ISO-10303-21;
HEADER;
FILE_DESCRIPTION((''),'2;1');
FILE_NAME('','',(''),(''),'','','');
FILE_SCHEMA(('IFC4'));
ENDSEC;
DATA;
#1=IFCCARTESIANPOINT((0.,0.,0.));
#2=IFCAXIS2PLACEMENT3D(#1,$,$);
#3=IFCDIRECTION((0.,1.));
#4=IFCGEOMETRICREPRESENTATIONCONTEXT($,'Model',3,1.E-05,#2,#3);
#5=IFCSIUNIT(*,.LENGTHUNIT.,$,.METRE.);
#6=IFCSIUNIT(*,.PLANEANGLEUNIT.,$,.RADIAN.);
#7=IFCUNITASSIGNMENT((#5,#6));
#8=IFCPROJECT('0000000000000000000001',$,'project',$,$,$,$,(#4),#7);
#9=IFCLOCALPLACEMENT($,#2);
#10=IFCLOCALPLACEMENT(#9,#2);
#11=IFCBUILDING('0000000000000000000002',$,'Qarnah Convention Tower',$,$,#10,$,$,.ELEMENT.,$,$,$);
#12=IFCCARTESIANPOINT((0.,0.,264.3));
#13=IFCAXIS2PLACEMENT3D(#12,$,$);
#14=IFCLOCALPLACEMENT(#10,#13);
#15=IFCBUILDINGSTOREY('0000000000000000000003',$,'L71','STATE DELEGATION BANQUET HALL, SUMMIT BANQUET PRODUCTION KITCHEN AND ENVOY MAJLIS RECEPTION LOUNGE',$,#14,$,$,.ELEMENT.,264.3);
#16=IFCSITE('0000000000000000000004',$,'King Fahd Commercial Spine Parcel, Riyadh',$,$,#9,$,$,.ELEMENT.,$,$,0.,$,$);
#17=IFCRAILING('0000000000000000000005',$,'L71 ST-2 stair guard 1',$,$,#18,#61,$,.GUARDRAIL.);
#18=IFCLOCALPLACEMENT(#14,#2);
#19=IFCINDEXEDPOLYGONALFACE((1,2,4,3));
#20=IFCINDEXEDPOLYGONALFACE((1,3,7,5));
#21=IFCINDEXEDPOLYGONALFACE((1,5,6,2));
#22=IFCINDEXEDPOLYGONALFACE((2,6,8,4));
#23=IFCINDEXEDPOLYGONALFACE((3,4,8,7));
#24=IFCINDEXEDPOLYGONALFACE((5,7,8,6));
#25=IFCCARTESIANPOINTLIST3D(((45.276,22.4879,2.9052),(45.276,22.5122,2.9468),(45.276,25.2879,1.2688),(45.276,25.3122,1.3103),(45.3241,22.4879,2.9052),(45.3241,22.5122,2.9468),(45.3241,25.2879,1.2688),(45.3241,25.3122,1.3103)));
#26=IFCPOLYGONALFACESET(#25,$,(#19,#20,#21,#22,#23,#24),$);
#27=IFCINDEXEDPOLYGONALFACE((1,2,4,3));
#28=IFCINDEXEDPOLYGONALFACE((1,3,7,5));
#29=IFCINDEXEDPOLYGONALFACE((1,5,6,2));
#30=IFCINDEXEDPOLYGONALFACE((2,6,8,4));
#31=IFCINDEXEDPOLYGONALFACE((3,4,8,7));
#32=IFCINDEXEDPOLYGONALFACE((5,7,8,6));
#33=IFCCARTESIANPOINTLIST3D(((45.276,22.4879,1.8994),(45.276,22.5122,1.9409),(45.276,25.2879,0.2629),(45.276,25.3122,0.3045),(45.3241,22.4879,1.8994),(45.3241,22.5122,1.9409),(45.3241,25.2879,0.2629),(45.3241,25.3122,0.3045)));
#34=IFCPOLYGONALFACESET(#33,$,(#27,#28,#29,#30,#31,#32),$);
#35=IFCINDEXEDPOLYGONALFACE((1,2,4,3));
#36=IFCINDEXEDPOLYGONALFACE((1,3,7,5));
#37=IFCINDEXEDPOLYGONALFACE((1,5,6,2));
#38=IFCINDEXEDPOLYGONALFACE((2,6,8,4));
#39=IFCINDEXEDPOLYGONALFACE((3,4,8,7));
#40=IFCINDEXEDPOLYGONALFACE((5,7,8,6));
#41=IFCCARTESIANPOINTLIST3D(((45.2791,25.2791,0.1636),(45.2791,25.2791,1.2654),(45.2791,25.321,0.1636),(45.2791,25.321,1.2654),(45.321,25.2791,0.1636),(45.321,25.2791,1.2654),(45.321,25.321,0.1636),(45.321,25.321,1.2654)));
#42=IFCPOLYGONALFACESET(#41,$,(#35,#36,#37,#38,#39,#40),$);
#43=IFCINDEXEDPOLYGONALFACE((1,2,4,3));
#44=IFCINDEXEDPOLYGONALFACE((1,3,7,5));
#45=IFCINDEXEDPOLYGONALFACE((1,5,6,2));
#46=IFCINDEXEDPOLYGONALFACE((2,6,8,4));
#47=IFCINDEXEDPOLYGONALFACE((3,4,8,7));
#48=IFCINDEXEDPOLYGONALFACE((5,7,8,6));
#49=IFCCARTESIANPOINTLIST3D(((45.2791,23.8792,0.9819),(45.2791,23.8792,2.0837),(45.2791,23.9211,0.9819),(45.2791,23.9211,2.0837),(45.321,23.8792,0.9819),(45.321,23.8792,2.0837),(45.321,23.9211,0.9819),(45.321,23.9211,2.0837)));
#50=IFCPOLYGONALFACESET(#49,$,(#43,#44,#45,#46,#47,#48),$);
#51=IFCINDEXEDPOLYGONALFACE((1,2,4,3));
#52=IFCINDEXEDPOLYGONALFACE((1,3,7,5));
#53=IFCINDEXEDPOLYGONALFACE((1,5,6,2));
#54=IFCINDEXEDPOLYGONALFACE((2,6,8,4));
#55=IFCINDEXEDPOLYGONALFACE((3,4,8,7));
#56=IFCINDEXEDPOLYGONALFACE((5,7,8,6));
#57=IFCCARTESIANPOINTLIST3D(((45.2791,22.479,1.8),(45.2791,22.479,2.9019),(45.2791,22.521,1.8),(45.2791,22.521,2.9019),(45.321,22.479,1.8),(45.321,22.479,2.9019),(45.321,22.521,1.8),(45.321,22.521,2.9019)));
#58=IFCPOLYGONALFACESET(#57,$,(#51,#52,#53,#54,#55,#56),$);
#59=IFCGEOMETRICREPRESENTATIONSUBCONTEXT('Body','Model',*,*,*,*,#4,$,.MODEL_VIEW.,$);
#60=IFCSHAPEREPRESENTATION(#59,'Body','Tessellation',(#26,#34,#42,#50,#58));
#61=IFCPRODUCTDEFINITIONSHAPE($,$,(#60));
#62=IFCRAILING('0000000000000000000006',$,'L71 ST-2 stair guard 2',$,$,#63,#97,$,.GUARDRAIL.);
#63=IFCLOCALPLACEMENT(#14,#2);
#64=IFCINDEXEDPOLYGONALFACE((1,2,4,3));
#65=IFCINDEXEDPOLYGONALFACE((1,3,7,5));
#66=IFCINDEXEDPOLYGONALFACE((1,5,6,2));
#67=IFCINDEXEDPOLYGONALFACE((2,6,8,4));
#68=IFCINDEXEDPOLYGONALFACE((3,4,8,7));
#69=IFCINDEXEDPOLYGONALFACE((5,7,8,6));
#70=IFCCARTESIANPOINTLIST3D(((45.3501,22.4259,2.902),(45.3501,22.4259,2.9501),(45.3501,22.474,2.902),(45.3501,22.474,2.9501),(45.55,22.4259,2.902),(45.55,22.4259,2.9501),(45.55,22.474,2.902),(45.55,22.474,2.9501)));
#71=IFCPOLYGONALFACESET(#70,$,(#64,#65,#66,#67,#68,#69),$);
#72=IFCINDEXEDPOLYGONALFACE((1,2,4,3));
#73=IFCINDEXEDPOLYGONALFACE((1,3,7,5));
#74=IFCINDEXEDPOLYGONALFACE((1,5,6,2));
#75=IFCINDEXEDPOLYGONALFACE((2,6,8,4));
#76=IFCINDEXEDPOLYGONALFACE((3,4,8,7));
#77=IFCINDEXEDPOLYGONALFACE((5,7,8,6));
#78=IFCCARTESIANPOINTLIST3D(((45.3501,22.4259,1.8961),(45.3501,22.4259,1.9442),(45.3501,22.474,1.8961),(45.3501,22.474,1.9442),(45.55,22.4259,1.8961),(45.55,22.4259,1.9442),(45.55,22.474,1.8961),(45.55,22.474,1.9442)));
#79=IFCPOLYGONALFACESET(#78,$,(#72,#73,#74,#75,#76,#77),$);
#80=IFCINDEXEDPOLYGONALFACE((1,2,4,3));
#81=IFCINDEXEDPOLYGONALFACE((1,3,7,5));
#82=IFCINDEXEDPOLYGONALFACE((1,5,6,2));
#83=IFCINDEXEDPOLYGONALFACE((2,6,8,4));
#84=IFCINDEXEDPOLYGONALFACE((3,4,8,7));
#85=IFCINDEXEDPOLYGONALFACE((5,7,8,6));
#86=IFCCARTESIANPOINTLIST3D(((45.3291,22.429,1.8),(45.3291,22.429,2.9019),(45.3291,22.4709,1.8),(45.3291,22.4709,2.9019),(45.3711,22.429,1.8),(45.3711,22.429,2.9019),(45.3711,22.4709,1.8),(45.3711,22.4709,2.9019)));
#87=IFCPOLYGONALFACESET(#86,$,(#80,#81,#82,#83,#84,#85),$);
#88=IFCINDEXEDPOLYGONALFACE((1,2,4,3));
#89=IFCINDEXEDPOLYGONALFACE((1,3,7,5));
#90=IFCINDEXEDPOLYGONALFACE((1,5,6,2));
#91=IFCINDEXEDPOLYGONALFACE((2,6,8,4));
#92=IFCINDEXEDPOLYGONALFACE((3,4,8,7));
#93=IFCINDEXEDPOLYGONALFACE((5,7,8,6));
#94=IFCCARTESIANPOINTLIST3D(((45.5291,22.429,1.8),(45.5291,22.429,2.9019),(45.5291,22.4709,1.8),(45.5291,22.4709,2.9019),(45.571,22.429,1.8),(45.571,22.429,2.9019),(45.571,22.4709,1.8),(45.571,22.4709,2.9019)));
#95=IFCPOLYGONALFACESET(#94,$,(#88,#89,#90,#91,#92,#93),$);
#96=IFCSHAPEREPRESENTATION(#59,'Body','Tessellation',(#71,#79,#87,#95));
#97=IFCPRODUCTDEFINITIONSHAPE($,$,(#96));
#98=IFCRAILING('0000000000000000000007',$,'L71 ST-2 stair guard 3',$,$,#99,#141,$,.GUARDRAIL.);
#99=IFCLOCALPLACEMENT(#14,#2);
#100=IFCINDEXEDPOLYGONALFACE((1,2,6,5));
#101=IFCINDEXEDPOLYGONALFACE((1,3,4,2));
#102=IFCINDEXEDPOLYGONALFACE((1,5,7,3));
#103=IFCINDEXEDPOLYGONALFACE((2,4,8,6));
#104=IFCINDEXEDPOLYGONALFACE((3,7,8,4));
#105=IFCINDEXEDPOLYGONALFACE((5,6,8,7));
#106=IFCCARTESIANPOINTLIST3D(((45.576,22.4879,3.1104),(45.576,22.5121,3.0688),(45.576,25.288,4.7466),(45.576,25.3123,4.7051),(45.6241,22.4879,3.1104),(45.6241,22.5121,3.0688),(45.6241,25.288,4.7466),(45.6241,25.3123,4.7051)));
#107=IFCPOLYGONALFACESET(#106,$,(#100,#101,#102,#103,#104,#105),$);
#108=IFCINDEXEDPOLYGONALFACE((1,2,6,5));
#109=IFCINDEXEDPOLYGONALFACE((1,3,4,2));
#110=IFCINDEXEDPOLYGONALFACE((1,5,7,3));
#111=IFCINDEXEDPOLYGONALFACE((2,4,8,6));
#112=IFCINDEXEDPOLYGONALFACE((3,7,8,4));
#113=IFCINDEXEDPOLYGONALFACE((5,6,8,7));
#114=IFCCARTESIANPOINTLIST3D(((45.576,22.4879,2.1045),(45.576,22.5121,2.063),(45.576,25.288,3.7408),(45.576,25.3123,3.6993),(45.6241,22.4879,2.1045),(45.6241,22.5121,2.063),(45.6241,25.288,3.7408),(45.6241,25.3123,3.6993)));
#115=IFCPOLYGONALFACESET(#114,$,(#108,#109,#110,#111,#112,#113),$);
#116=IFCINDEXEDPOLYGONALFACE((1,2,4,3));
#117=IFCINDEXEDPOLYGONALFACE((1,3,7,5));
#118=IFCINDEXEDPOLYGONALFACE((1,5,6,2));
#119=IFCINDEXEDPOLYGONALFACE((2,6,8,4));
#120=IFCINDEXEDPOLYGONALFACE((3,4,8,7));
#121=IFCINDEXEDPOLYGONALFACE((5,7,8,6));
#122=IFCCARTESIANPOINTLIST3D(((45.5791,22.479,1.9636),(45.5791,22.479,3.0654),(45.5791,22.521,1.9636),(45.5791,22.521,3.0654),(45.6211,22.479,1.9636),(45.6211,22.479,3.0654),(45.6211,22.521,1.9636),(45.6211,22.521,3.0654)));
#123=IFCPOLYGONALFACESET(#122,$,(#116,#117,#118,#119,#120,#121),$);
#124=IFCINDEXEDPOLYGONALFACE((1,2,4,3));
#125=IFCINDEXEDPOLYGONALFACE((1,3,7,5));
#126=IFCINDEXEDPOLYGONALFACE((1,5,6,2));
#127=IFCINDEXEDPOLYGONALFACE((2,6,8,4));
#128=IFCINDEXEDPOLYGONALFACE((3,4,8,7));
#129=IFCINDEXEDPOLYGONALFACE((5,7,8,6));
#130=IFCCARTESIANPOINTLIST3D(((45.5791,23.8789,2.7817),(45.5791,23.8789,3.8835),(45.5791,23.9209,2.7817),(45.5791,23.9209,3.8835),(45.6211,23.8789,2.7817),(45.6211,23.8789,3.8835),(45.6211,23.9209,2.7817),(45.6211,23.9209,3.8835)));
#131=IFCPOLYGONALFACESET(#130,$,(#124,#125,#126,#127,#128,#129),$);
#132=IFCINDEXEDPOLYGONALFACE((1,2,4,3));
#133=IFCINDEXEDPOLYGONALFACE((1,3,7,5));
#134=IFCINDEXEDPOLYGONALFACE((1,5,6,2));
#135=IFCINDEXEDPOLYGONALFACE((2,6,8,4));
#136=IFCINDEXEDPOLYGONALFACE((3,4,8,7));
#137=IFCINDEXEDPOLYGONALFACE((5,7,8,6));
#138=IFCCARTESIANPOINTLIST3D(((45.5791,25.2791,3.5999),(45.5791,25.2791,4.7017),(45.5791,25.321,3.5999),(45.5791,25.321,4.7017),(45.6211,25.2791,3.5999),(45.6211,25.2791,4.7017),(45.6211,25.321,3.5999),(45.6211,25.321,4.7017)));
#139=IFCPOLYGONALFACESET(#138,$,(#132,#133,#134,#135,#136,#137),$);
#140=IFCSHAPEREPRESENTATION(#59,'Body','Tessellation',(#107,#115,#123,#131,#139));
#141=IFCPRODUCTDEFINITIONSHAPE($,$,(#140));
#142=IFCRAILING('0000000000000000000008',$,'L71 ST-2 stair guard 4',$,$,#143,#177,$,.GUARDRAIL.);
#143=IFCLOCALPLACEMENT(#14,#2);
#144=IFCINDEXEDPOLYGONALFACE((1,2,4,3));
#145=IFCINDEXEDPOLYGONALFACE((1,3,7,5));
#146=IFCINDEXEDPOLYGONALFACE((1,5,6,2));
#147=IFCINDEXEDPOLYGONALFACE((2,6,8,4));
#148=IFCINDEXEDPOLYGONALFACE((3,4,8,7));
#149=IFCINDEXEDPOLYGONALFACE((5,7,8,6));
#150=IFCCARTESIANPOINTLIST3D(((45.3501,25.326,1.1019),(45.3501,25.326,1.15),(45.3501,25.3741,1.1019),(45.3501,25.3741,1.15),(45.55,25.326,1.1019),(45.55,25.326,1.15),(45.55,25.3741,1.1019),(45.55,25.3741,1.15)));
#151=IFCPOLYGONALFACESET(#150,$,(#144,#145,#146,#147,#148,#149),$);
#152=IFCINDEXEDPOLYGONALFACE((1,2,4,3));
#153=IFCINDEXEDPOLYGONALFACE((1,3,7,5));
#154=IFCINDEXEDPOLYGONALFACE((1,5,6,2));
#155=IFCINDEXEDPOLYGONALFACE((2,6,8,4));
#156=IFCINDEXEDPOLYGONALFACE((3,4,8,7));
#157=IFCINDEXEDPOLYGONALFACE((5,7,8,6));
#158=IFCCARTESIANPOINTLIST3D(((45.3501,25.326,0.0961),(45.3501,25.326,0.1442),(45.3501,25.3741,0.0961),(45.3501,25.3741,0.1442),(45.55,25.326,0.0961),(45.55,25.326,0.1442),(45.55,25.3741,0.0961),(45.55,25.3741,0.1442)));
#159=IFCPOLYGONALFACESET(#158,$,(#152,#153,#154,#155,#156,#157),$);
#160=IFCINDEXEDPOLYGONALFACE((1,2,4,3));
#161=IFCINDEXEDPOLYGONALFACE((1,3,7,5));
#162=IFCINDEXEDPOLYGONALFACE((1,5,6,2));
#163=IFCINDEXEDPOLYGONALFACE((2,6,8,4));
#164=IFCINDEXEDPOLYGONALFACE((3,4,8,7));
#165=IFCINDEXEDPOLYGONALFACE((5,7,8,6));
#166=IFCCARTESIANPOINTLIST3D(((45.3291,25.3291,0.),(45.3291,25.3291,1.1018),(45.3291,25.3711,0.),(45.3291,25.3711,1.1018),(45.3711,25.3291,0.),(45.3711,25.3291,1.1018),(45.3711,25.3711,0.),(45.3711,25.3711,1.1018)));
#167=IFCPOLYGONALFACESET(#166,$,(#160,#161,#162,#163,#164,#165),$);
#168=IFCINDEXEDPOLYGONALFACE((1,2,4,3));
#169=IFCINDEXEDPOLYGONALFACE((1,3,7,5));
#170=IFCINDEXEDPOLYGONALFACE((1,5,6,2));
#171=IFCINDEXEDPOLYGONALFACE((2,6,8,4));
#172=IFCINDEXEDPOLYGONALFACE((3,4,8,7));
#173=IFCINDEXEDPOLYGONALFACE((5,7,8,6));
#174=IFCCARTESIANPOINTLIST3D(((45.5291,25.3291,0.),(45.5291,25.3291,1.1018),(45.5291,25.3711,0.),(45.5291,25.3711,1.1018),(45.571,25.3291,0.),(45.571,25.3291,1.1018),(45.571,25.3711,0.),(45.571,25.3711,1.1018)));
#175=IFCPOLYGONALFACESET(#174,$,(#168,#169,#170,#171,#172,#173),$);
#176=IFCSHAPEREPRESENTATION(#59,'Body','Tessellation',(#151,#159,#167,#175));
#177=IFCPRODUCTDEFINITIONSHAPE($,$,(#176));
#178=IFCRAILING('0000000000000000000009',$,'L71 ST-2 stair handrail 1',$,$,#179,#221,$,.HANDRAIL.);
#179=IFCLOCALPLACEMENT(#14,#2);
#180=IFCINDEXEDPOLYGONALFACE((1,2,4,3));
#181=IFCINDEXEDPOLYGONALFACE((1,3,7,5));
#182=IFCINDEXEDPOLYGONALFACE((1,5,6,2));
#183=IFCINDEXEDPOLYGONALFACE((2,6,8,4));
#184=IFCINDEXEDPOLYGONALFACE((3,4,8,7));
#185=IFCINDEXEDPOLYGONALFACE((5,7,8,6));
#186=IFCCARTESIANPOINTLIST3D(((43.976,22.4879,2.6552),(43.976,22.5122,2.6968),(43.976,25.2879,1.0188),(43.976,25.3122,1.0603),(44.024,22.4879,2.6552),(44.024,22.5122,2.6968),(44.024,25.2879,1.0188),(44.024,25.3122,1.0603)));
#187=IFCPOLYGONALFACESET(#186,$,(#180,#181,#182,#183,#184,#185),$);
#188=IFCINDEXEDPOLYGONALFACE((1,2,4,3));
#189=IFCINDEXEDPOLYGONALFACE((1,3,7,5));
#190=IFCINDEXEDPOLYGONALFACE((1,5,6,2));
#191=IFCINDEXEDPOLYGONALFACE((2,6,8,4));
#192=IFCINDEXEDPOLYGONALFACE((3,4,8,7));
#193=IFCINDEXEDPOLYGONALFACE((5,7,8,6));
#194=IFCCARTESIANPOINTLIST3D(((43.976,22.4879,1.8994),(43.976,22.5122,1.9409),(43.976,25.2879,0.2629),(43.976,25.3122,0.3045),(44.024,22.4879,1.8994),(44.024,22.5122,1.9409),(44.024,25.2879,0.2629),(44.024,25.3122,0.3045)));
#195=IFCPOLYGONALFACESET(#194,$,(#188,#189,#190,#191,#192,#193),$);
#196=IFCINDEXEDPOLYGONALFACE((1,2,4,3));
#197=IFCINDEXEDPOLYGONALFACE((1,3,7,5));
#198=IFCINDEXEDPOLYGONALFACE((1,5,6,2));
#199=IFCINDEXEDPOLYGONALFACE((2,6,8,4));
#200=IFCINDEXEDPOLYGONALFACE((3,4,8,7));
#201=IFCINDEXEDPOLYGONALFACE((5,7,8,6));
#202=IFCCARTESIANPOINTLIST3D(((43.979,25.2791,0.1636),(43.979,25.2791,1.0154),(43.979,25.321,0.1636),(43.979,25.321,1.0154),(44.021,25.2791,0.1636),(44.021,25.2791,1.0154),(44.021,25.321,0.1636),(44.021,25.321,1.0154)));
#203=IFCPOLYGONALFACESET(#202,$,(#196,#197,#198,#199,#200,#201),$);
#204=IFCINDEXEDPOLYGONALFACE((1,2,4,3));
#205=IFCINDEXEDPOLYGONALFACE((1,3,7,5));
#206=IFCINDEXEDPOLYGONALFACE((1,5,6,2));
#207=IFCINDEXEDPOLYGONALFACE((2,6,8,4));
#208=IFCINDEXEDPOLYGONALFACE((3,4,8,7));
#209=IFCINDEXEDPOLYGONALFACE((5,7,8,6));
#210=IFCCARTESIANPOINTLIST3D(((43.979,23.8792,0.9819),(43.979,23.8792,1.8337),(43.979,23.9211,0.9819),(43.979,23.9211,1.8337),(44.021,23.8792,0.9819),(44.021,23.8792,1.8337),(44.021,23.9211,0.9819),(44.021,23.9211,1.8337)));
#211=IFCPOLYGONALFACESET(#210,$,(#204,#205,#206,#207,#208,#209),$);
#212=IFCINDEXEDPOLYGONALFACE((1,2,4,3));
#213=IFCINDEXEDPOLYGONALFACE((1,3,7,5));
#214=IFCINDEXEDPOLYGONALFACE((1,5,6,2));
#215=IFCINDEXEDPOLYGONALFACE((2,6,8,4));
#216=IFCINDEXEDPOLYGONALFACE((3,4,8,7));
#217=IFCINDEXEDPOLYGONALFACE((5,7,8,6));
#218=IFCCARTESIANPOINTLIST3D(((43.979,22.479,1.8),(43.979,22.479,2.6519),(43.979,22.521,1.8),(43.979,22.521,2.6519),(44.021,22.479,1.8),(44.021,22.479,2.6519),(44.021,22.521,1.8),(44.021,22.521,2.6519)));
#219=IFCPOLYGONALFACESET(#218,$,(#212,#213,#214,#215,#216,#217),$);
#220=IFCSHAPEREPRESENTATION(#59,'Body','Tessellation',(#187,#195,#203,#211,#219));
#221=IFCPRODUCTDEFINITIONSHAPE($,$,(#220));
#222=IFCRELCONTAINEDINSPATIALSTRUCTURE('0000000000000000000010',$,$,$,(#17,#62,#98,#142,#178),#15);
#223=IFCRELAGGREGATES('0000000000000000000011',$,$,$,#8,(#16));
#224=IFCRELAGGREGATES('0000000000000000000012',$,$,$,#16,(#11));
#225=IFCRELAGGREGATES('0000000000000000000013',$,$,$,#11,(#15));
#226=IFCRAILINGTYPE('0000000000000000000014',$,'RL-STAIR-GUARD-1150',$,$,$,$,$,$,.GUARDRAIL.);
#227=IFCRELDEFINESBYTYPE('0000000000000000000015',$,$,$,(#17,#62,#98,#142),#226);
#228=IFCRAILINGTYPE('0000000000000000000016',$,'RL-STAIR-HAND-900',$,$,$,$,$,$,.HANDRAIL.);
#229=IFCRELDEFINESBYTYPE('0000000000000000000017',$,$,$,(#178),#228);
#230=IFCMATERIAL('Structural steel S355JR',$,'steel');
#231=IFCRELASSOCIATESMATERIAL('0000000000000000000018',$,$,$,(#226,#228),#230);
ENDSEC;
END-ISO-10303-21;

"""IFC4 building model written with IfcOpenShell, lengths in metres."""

from ifc_helpers import new_model, si_unit, direction, frame, origin, origin_2d, place, context, subcontext, project, spatial, rectangle, extrude, material, type_object, element, save


model = new_model("IFC4")

# Units and contexts
model_context = context("Model", 3, precision=1e-05, world=origin(), true_north=direction((0.0, 1.0)))
body_context = subcontext(model_context, "Body", "Model", "MODEL_VIEW")
ifc_project = project(units=[si_unit("LENGTHUNIT", "METRE"), si_unit("PLANEANGLEUNIT", "RADIAN")], contexts=[model_context])

# Site, building, storey
site_placement = place(None, origin())
site = spatial("IfcSite", under=ifc_project, at=site_placement, Name="King Fahd Commercial Spine Parcel, Riyadh", CompositionType="ELEMENT", RefElevation=0.0)
building_placement = place(site_placement, origin())
building = spatial("IfcBuilding", under=site, at=building_placement, Name="Qarnah Convention Tower", CompositionType="ELEMENT")
storey_placement = place(building_placement, frame((0.0, 0.0, 264.3)))
storey = spatial("IfcBuildingStorey", under=building, at=storey_placement, Name="L71", Description="STATE DELEGATION BANQUET HALL, SUMMIT BANQUET PRODUCTION KITCHEN AND ENVOY MAJLIS RECEPTION LOUNGE", CompositionType="ELEMENT", Elevation=264.3)

# Shared definitions
ifc_material_1 = material(Name="Structural steel S355JR", Category="steel")

# Railings
railing_type_1 = type_object("IfcRailingType", Name="RL-STAIR-GUARD-1150", PredefinedType="GUARDRAIL", material=ifc_material_1)
railing_1_placement = place(storey_placement, frame((45.3, 25.3, 0.1636)))
element("IfcRailing", 1, at=railing_1_placement, inside=storey, type_object=railing_type_1, Name="L71 ST-2 stair guard 1", PredefinedType="GUARDRAIL", context=body_context, shape_type="SweptSolid", body=[
    extrude(rectangle(XDim=0.0481, YDim=0.0481, at=origin_2d()), frame((0.0, 0.0, 1.126), z_axis=(0.0, -0.863361, 0.504587), x_axis=(1.0, 0.0, 0.0)), (0.0, 0.0, 1.0), 3.2432),
    extrude(rectangle(XDim=0.0481, YDim=0.0481, at=origin_2d()), frame((0.0, 0.0, 0.1201), z_axis=(0.0, -0.863361, 0.504587), x_axis=(1.0, 0.0, 0.0)), (0.0, 0.0, 1.0), 3.2432),
    extrude(rectangle(XDim=0.042, YDim=0.042, at=origin_2d()), origin(), (0.0, 0.0, 1.0), 1.1018),
    extrude(rectangle(XDim=0.042, YDim=0.042, at=origin_2d()), frame((0.0, -1.3999, 0.8184)), (0.0, 0.0, 1.0), 1.1018),
    extrude(rectangle(XDim=0.042, YDim=0.042, at=origin_2d()), frame((0.0, -2.8, 1.6365)), (0.0, 0.0, 1.0), 1.1018),
])
railing_2_placement = place(storey_placement, frame((45.3501, 22.45, 1.8)))
element("IfcRailing", 2, at=railing_2_placement, inside=storey, type_object=railing_type_1, Name="L71 ST-2 stair guard 2", PredefinedType="GUARDRAIL", context=body_context, shape_type="SweptSolid", body=[
    extrude(rectangle(XDim=0.0481, YDim=0.0481, at=origin_2d()), frame((0.0, 0.0, 1.126), z_axis=(1.0, 0.0, 0.0), x_axis=(0.0, 1.0, 0.0)), (0.0, 0.0, 1.0), 0.2),
    extrude(rectangle(XDim=0.0481, YDim=0.0481, at=origin_2d()), frame((0.0, 0.0, 0.1201), z_axis=(1.0, 0.0, 0.0), x_axis=(0.0, 1.0, 0.0)), (0.0, 0.0, 1.0), 0.2),
    extrude(rectangle(XDim=0.042, YDim=0.042, at=origin_2d()), origin(), (0.0, 0.0, 1.0), 1.1018),
    extrude(rectangle(XDim=0.042, YDim=0.042, at=origin_2d()), frame((0.2, 0.0, 0.0)), (0.0, 0.0, 1.0), 1.1018),
])
railing_3_placement = place(storey_placement, frame((45.6001, 22.5, 1.9636)))
element("IfcRailing", 3, at=railing_3_placement, inside=storey, type_object=railing_type_1, Name="L71 ST-2 stair guard 3", PredefinedType="GUARDRAIL", context=body_context, shape_type="SweptSolid", body=[
    extrude(rectangle(XDim=0.0481, YDim=0.0481, at=origin_2d()), frame((0.0, 0.0, 1.126), z_axis=(0.0, 0.863394, 0.504531), x_axis=(-1.0, 0.0, 0.0)), (0.0, 0.0, 1.0), 3.2432),
    extrude(rectangle(XDim=0.0481, YDim=0.0481, at=origin_2d()), frame((0.0, 0.0, 0.1201), z_axis=(0.0, 0.863394, 0.504531), x_axis=(-1.0, 0.0, 0.0)), (0.0, 0.0, 1.0), 3.2432),
    extrude(rectangle(XDim=0.042, YDim=0.042, at=origin_2d()), origin(), (0.0, 0.0, 1.0), 1.1018),
    extrude(rectangle(XDim=0.042, YDim=0.042, at=origin_2d()), frame((0.0, 1.3999, 0.8181)), (0.0, 0.0, 1.0), 1.1018),
    extrude(rectangle(XDim=0.042, YDim=0.042, at=origin_2d()), frame((0.0, 2.8, 1.6362)), (0.0, 0.0, 1.0), 1.1018),
])
railing_4_placement = place(storey_placement, frame((45.3501, 25.3501, 0.0)))
element("IfcRailing", 4, at=railing_4_placement, inside=storey, type_object=railing_type_1, Name="L71 ST-2 stair guard 4", PredefinedType="GUARDRAIL", context=body_context, shape_type="SweptSolid", body=[
    extrude(rectangle(XDim=0.0481, YDim=0.0481, at=origin_2d()), frame((0.0, 0.0, 1.126), z_axis=(1.0, 0.0, 0.0), x_axis=(0.0, 1.0, 0.0)), (0.0, 0.0, 1.0), 0.2),
    extrude(rectangle(XDim=0.0481, YDim=0.0481, at=origin_2d()), frame((0.0, 0.0, 0.1201), z_axis=(1.0, 0.0, 0.0), x_axis=(0.0, 1.0, 0.0)), (0.0, 0.0, 1.0), 0.2),
    extrude(rectangle(XDim=0.042, YDim=0.042, at=origin_2d()), origin(), (0.0, 0.0, 1.0), 1.1018),
    extrude(rectangle(XDim=0.042, YDim=0.042, at=origin_2d()), frame((0.2, 0.0, 0.0)), (0.0, 0.0, 1.0), 1.1018),
])
railing_type_2 = type_object("IfcRailingType", Name="RL-STAIR-HAND-900", PredefinedType="HANDRAIL", material=ifc_material_1)
railing_5_placement = place(storey_placement, frame((44.0, 25.3, 0.1636)))
element("IfcRailing", 5, at=railing_5_placement, inside=storey, type_object=railing_type_2, Name="L71 ST-2 stair handrail 1", PredefinedType="HANDRAIL", context=body_context, shape_type="SweptSolid", body=[
    extrude(rectangle(XDim=0.0481, YDim=0.0481, at=origin_2d()), frame((0.0, 0.0, 0.876), z_axis=(0.0, -0.863361, 0.504587), x_axis=(1.0, 0.0, 0.0)), (0.0, 0.0, 1.0), 3.2432),
    extrude(rectangle(XDim=0.0481, YDim=0.0481, at=origin_2d()), frame((0.0, 0.0, 0.1201), z_axis=(0.0, -0.863361, 0.504587), x_axis=(1.0, 0.0, 0.0)), (0.0, 0.0, 1.0), 3.2432),
    extrude(rectangle(XDim=0.042, YDim=0.042, at=origin_2d()), origin(), (0.0, 0.0, 1.0), 0.8518),
    extrude(rectangle(XDim=0.042, YDim=0.042, at=origin_2d()), frame((0.0, -1.3999, 0.8184)), (0.0, 0.0, 1.0), 0.8518),
    extrude(rectangle(XDim=0.042, YDim=0.042, at=origin_2d()), frame((0.0, -2.8, 1.6365)), (0.0, 0.0, 1.0), 0.8518),
])

save(model, "model.ifc")
